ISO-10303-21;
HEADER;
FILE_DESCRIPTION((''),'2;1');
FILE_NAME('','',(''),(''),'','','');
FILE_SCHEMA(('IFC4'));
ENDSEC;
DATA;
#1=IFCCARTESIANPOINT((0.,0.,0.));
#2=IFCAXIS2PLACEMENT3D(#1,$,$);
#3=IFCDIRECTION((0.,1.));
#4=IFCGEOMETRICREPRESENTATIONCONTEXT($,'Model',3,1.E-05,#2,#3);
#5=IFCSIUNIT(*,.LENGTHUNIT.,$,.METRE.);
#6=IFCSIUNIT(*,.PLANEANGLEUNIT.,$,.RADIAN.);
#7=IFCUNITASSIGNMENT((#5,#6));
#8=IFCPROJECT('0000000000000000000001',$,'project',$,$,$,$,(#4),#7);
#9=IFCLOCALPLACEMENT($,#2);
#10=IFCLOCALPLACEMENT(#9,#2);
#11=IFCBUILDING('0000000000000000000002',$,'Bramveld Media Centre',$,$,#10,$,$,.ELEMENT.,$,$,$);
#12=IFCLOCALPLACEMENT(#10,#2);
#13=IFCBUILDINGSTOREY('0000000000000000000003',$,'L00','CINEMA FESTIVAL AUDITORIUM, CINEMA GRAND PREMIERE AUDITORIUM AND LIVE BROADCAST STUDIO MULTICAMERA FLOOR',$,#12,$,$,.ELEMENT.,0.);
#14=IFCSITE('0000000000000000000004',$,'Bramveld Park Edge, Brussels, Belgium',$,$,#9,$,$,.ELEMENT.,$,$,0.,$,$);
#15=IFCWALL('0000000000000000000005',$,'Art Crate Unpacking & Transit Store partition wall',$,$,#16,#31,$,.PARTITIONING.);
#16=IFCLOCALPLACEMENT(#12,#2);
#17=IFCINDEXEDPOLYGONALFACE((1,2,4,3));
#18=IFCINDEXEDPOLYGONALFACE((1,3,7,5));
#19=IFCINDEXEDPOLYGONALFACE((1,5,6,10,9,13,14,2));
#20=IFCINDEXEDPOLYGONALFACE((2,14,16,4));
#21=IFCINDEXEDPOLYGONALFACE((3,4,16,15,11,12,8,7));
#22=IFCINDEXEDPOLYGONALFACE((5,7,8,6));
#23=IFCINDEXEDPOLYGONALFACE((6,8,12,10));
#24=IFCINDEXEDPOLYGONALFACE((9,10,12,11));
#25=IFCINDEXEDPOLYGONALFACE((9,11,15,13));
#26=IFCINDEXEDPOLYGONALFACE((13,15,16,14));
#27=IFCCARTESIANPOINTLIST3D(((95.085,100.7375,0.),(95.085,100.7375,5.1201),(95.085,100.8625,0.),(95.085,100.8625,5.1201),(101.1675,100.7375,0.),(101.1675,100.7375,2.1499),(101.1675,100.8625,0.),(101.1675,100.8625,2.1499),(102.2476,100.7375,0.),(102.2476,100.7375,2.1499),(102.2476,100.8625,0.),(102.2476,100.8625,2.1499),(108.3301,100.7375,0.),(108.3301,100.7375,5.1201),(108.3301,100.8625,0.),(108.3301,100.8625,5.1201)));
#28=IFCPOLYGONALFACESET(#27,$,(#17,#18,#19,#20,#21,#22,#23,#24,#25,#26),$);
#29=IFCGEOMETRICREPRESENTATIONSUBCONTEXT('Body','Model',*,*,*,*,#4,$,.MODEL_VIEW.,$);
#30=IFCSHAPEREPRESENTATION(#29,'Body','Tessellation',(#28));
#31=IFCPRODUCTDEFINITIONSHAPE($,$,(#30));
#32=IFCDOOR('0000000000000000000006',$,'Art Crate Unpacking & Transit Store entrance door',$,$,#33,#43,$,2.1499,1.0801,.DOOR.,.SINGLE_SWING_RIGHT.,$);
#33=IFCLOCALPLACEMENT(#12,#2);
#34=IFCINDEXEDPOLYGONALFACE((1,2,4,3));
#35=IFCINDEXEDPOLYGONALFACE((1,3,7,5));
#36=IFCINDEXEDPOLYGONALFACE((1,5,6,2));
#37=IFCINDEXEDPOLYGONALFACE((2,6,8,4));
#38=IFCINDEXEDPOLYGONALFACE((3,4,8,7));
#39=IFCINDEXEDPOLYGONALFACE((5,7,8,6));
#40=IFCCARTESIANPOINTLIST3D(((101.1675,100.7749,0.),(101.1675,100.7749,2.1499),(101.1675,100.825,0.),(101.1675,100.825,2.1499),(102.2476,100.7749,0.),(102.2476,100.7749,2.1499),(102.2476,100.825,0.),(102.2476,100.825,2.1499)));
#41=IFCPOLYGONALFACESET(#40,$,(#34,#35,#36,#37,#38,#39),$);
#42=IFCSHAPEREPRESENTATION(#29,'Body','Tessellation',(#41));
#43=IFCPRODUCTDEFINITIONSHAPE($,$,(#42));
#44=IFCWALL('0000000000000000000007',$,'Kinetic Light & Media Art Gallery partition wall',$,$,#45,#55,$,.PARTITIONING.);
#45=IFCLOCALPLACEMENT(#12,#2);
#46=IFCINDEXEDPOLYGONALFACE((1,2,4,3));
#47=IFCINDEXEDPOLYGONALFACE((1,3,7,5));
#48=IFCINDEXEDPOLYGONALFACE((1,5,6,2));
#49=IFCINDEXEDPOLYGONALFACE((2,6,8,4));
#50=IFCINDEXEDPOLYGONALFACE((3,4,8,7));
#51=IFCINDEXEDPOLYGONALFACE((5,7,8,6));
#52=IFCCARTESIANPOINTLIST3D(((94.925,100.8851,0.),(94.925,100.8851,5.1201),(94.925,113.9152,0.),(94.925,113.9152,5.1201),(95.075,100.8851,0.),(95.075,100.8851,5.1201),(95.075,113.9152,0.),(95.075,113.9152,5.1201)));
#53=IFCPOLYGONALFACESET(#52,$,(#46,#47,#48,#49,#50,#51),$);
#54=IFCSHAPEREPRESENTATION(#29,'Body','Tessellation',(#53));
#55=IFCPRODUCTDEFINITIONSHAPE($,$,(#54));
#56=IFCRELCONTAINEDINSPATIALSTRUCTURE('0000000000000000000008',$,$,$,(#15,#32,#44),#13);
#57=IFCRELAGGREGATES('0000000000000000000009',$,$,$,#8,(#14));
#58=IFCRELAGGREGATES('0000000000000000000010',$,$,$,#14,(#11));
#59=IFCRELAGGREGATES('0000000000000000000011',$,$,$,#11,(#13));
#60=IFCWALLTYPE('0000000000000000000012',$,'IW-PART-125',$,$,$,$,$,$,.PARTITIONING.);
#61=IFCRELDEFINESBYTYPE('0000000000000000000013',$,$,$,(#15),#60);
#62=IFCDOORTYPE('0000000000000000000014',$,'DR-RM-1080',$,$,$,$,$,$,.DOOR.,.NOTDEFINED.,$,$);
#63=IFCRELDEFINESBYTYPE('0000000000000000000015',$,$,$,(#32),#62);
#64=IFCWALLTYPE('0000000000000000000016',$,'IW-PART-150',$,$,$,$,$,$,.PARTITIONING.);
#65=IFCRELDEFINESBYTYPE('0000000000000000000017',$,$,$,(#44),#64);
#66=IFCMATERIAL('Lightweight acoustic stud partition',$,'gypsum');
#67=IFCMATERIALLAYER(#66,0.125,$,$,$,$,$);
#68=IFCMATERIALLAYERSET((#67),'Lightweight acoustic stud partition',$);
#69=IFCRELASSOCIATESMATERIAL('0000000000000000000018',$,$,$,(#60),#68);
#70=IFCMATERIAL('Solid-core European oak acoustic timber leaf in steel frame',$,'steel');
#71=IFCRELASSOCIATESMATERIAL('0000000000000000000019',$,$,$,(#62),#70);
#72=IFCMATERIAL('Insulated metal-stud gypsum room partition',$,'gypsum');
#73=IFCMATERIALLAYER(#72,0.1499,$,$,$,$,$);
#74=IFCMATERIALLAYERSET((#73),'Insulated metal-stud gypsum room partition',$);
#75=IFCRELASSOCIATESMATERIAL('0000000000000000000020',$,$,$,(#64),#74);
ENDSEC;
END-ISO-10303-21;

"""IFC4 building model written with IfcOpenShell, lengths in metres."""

from ifc_helpers import new_model, si_unit, direction, frame, frame_2d, origin, place, context, subcontext, project, spatial, rectangle, extrude, material, layer, layer_set, type_object, element, fill, save


model = new_model("IFC4")

# Units and contexts
model_context = context("Model", 3, precision=1e-05, world=origin(), true_north=direction((0.0, 1.0)))
body_context = subcontext(model_context, "Body", "Model", "MODEL_VIEW")
ifc_project = project(units=[si_unit("LENGTHUNIT", "METRE"), si_unit("PLANEANGLEUNIT", "RADIAN")], contexts=[model_context])

# Site, building, storey
site_placement = place(None, origin())
site = spatial("IfcSite", under=ifc_project, at=site_placement, Name="Bramveld Park Edge, Brussels, Belgium", CompositionType="ELEMENT", RefElevation=0.0)
building_placement = place(site_placement, origin())
building = spatial("IfcBuilding", under=site, at=building_placement, Name="Bramveld Media Centre", CompositionType="ELEMENT")
storey_placement = place(building_placement, origin())
storey = spatial("IfcBuildingStorey", under=building, at=storey_placement, Name="L00", Description="CINEMA FESTIVAL AUDITORIUM, CINEMA GRAND PREMIERE AUDITORIUM AND LIVE BROADCAST STUDIO MULTICAMERA FLOOR", CompositionType="ELEMENT", Elevation=0.0)

# Wall, opening, door
ifc_material_1 = material(Name="Lightweight acoustic stud partition", Category="gypsum")
ifc_layer_1 = layer(ifc_material_1, 0.125)
ifc_layer_set_1 = layer_set([ifc_layer_1], Name="Lightweight acoustic stud partition")
wall_type_1 = type_object("IfcWallType", Name="IW-PART-125", PredefinedType="PARTITIONING", material=ifc_layer_set_1)
wall_1_placement = place(storey_placement, frame((95.085, 100.8, 0.0), z_axis=(0.0, 0.0, 1.0), x_axis=(1.0, 0.0, 0.0)))
wall_1 = element("IfcWall", 1, at=wall_1_placement, inside=storey, type_object=wall_type_1, Name="Art Crate Unpacking & Transit Store partition wall", PredefinedType="PARTITIONING", context=body_context, shape_type="SweptSolid", body=[
    extrude(rectangle(XDim=13.2451, YDim=0.125, at=frame_2d((6.6226, 0.0))), origin(), (0.0, 0.0, 1.0), 5.1201),
])
opening_placement = place(wall_1_placement, frame((6.0825, 0.0, 0.0)))
opening = element("IfcOpeningElement", 2, at=opening_placement, cuts=wall_1, PredefinedType="OPENING", context=body_context, shape_type="SweptSolid", body=[
    extrude(rectangle(XDim=1.0801, YDim=2.1499, at=frame_2d((0.54, 1.075))), frame((0.0, 0.0745, 0.0), z_axis=(0.0, -1.0, 0.0), x_axis=(1.0, 0.0, 0.0)), (0.0, 0.0, 1.0), 0.1489),
])
ifc_material_2 = material(Name="Solid-core European oak acoustic timber leaf in steel frame", Category="steel")
door_type = type_object("IfcDoorType", Name="DR-RM-1080", OperationType="NOTDEFINED", PredefinedType="DOOR", material=ifc_material_2)
door_placement = place(opening_placement, origin())
door = element("IfcDoor", 3, at=door_placement, inside=storey, type_object=door_type, Name="Art Crate Unpacking & Transit Store entrance door", OperationType="SINGLE_SWING_RIGHT", OverallHeight=2.1499, OverallWidth=1.0801, PredefinedType="DOOR", context=body_context, shape_type="SweptSolid", body=[
    extrude(rectangle(XDim=1.0801, YDim=2.1499, at=frame_2d((0.54, 1.075))), frame((0.0, 0.0249, 0.0), z_axis=(0.0, -1.0, 0.0), x_axis=(1.0, 0.0, 0.0)), (0.0, 0.0, 1.0), 0.05),
])
fill(opening, door)

# Wall
ifc_material_3 = material(Name="Insulated metal-stud gypsum room partition", Category="gypsum")
ifc_layer_2 = layer(ifc_material_3, 0.1499)
ifc_layer_set_2 = layer_set([ifc_layer_2], Name="Insulated metal-stud gypsum room partition")
wall_type_2 = type_object("IfcWallType", Name="IW-PART-150", PredefinedType="PARTITIONING", material=ifc_layer_set_2)
wall_2_placement = place(storey_placement, frame((95.0, 100.885, 0.0), z_axis=(0.0, 0.0, 1.0), x_axis=(0.0, 1.0, 0.0)))
element("IfcWall", 4, at=wall_2_placement, inside=storey, type_object=wall_type_2, Name="Kinetic Light & Media Art Gallery partition wall", PredefinedType="PARTITIONING", context=body_context, shape_type="SweptSolid", body=[
    extrude(rectangle(XDim=13.03, YDim=0.1499, at=frame_2d((6.5151, 0.0))), origin(), (0.0, 0.0, 1.0), 5.1201),
])

save(model, "model.ifc")
